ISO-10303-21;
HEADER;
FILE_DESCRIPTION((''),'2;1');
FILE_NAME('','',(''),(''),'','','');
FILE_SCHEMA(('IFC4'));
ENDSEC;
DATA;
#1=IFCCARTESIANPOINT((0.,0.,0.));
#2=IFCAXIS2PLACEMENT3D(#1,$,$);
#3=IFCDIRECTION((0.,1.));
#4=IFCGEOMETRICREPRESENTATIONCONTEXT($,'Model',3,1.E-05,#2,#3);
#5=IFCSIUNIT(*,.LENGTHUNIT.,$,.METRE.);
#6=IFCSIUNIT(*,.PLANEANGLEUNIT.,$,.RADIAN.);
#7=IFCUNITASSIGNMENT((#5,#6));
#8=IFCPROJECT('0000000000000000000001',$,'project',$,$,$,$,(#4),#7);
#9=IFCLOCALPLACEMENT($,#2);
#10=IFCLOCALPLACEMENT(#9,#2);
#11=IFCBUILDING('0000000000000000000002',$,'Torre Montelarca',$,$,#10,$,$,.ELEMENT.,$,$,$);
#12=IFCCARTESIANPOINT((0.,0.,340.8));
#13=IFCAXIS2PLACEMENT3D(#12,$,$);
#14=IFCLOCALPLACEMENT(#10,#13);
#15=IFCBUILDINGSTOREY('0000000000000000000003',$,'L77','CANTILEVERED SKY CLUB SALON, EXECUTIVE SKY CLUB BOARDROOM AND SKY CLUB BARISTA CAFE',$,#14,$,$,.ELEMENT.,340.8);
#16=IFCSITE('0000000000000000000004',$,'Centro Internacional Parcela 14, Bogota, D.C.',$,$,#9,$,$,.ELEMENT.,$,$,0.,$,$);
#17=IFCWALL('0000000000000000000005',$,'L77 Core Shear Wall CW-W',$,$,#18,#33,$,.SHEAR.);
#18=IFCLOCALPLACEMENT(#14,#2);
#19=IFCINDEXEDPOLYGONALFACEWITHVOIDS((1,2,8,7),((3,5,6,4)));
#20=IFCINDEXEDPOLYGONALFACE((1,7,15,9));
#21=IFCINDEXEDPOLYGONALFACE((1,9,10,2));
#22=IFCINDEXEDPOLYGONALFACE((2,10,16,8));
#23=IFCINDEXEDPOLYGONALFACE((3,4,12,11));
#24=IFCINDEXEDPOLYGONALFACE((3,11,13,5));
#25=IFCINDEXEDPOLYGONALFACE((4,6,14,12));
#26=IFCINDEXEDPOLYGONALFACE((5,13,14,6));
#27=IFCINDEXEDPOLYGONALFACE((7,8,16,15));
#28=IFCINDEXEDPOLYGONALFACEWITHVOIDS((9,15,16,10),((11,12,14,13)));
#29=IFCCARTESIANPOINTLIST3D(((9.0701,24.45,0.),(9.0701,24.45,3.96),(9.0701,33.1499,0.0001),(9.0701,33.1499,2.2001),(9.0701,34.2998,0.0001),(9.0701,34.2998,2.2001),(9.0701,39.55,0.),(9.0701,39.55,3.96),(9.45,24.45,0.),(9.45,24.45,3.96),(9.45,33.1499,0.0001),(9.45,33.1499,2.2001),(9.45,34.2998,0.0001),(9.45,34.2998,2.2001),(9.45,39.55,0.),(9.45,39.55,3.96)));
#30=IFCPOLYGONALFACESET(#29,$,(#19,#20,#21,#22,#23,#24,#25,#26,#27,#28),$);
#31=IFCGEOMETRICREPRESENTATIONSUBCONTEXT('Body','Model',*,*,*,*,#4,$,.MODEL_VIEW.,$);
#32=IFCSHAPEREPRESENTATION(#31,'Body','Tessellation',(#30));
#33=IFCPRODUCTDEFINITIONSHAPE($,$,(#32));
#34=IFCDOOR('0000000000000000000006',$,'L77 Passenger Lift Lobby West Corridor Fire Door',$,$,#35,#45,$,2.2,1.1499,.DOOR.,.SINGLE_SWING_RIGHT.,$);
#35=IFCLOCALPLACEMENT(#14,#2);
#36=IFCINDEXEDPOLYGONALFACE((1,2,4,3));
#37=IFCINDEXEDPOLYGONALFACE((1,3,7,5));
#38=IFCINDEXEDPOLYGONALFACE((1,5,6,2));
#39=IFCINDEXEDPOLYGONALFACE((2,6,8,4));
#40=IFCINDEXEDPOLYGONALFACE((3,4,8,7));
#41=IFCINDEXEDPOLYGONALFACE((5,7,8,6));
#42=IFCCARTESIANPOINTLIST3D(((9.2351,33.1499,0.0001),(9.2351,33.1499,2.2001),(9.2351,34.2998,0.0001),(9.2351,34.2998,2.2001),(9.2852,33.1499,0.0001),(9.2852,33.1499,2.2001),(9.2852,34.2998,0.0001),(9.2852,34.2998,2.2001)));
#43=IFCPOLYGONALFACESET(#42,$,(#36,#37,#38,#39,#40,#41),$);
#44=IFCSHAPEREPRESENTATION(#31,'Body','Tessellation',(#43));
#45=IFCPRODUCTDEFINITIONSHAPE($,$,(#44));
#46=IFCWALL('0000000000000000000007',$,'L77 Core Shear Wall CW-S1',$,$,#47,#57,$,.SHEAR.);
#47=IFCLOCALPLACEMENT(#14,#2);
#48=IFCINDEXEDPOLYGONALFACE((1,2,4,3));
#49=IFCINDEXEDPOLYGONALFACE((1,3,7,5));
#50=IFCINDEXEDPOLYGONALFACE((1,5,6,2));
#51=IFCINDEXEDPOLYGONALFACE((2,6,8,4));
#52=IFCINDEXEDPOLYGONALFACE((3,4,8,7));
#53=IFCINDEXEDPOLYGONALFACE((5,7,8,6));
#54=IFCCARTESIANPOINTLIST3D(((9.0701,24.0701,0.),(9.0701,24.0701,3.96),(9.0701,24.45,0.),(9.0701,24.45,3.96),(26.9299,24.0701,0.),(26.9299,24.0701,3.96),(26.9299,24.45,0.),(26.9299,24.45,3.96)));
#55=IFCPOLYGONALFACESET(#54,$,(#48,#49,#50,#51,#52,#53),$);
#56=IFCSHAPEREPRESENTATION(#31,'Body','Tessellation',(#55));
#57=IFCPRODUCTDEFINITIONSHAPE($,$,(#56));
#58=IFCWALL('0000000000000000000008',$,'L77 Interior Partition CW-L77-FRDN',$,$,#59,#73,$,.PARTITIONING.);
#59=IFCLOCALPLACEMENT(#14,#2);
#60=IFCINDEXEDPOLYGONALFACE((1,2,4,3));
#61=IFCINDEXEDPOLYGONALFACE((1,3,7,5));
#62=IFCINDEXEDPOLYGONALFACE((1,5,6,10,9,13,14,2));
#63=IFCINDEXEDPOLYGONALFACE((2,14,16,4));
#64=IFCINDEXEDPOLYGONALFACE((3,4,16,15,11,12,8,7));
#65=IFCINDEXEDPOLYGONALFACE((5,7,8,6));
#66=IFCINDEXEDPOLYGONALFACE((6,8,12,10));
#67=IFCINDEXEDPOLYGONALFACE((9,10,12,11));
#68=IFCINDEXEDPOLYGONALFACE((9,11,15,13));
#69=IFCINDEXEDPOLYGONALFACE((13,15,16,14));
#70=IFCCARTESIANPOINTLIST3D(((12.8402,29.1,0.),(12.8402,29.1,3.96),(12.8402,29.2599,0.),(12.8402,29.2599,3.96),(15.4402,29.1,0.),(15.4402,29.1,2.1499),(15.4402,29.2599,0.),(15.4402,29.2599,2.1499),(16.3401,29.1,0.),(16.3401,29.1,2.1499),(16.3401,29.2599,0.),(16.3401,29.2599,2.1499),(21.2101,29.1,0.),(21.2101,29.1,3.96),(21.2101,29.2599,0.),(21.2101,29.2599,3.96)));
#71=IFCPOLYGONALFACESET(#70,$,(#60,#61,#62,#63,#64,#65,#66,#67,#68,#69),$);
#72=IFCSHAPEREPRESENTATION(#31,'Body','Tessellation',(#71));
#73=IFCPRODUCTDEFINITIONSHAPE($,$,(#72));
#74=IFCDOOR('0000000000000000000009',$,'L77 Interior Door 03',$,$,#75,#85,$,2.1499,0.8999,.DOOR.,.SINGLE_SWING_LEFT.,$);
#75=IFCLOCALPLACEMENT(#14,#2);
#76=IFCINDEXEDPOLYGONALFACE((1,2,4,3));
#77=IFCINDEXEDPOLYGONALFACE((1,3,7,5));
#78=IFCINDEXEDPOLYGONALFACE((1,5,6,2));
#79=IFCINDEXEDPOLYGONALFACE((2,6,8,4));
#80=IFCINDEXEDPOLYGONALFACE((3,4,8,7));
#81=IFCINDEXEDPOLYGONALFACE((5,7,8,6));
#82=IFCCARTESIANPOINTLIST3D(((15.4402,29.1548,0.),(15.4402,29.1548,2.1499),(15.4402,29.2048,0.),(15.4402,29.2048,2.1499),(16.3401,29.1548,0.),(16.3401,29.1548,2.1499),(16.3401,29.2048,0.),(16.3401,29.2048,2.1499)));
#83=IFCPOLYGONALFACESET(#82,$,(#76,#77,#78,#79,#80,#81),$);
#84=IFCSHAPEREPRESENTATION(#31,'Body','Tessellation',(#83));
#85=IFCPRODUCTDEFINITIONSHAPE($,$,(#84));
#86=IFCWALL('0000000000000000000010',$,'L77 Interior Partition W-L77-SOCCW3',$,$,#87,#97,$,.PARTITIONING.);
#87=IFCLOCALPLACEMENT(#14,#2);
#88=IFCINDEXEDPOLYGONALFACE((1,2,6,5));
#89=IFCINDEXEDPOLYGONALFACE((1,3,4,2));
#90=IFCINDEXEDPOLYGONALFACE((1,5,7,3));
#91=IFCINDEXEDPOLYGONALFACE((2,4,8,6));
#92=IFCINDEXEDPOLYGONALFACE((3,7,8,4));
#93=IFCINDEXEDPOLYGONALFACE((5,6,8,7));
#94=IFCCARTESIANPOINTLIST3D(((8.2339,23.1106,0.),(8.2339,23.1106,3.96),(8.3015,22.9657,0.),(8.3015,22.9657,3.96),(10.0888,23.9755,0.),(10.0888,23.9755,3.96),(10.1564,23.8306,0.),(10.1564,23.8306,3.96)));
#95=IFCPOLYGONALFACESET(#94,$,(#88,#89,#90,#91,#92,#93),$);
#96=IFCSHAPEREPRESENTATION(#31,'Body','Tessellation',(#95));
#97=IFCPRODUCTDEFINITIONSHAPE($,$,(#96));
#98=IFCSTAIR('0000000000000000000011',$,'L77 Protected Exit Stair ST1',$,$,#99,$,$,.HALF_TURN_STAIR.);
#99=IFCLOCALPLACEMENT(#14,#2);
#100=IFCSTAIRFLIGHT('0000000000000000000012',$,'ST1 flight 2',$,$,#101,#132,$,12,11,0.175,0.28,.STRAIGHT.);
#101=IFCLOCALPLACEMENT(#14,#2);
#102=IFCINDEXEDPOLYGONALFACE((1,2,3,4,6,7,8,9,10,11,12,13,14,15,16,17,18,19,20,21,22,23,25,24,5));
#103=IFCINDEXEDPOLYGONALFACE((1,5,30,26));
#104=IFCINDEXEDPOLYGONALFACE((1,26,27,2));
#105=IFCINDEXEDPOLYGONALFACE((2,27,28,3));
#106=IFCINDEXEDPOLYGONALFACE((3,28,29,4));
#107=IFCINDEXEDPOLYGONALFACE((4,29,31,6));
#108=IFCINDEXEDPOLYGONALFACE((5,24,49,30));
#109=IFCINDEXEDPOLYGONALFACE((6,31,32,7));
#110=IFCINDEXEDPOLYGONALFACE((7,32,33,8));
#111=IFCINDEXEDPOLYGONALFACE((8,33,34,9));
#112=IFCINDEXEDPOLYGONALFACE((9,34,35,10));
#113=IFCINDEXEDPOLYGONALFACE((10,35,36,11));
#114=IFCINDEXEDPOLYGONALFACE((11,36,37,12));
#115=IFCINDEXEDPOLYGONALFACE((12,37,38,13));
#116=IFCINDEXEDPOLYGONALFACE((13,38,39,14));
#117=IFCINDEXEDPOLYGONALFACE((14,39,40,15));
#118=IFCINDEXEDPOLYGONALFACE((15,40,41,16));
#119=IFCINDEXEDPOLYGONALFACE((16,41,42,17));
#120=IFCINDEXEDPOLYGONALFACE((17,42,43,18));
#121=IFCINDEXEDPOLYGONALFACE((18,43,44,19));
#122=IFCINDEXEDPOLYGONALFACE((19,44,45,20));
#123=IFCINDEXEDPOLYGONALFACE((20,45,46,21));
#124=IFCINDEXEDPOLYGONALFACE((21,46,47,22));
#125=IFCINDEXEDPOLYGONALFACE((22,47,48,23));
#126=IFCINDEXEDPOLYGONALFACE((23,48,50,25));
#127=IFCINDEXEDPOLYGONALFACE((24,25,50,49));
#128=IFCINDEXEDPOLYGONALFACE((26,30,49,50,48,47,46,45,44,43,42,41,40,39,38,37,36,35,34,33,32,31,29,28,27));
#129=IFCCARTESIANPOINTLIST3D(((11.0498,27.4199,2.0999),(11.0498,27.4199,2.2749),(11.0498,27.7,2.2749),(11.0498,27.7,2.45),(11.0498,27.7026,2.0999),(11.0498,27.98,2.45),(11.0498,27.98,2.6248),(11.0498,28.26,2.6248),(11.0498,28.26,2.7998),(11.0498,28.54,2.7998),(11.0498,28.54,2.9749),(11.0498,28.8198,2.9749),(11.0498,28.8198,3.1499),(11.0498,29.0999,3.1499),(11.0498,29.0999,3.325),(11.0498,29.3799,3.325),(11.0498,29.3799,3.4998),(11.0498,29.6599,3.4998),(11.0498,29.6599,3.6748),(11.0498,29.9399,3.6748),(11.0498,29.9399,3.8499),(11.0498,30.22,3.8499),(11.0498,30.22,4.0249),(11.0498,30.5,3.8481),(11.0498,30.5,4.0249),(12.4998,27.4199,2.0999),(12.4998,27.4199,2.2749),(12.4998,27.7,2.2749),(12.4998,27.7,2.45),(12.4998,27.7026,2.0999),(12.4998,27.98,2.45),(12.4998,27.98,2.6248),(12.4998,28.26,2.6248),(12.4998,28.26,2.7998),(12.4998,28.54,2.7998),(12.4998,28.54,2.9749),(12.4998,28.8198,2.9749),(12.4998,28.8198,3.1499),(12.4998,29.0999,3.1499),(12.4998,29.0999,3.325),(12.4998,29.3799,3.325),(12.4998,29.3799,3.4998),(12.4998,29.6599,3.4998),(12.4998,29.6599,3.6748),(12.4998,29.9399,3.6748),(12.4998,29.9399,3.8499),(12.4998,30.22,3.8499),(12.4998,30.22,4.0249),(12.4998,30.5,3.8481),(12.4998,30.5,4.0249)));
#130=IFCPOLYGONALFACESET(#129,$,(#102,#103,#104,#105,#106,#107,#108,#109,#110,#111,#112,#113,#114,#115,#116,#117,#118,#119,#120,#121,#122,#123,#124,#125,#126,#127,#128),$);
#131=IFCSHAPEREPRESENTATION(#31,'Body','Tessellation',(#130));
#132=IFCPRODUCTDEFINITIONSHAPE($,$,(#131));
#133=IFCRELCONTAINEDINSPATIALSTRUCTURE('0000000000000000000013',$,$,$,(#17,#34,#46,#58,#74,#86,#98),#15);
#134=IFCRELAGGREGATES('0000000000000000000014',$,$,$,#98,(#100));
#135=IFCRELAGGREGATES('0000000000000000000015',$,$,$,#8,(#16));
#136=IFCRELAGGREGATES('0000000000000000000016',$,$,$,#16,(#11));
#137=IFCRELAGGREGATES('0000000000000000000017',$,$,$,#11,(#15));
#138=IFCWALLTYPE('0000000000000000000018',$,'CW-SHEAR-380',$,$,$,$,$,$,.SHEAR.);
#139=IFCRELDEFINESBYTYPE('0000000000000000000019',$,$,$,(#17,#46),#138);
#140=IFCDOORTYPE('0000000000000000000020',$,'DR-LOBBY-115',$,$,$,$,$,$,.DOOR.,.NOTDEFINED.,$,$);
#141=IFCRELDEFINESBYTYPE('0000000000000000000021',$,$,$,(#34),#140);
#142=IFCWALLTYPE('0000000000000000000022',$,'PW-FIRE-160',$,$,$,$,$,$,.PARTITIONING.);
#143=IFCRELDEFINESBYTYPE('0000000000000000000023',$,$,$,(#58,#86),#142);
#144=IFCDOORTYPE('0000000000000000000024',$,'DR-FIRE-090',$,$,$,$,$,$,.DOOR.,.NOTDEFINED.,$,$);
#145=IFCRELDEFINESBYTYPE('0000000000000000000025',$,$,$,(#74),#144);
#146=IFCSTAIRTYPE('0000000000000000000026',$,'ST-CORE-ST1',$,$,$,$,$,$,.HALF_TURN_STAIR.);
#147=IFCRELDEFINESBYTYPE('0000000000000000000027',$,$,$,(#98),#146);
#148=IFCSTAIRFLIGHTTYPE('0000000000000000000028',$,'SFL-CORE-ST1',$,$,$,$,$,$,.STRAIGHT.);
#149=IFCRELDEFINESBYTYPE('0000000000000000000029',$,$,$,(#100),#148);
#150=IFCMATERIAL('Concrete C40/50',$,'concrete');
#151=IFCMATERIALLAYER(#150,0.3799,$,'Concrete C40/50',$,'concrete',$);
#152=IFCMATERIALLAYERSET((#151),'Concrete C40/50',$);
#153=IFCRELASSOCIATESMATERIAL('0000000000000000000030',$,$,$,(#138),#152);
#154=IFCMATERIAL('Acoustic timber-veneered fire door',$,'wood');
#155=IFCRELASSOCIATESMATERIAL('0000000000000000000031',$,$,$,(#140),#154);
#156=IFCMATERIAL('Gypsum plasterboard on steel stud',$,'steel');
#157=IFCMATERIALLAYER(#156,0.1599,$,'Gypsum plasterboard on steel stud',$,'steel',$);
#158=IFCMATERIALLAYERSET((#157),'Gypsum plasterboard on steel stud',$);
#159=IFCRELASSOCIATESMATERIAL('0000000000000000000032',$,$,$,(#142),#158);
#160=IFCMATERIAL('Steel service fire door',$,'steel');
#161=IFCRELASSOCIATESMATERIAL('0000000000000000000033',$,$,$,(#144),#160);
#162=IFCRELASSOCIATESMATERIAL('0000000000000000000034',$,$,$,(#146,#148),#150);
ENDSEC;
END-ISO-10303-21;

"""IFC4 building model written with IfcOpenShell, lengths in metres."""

from ifc_helpers import new_model, si_unit, direction, frame, frame_2d, origin, place, context, subcontext, project, spatial, polyline, rectangle, outline, extrude, source, transform, mapped, material, layer, layer_set, type_object, element, fill, aggregate, save


model = new_model("IFC4")

# Units and contexts
model_context = context("Model", 3, precision=1e-05, world=origin(), true_north=direction((0.0, 1.0)))
body_context = subcontext(model_context, "Body", "Model", "MODEL_VIEW")
ifc_project = project(units=[si_unit("LENGTHUNIT", "METRE"), si_unit("PLANEANGLEUNIT", "RADIAN")], contexts=[model_context])

# Site, building, storey
site_placement = place(None, origin())
site = spatial("IfcSite", under=ifc_project, at=site_placement, Name="Centro Internacional Parcela 14, Bogota, D.C.", CompositionType="ELEMENT", RefElevation=0.0)
building_placement = place(site_placement, origin())
building = spatial("IfcBuilding", under=site, at=building_placement, Name="Torre Montelarca", CompositionType="ELEMENT")
storey_placement = place(building_placement, frame((0.0, 0.0, 340.8)))
storey = spatial("IfcBuildingStorey", under=building, at=storey_placement, Name="L77", Description="CANTILEVERED SKY CLUB SALON, EXECUTIVE SKY CLUB BOARDROOM AND SKY CLUB BARISTA CAFE", CompositionType="ELEMENT", Elevation=340.8)

# Shared definitions
ifc_material_1 = material(Name="Concrete C40/50", Category="concrete")

# Wall, opening, door
ifc_layer_1 = layer(ifc_material_1, 0.3799, Name="Concrete C40/50", Category="concrete")
ifc_layer_set_1 = layer_set([ifc_layer_1], Name="Concrete C40/50")
wall_type_1 = type_object("IfcWallType", Name="CW-SHEAR-380", PredefinedType="SHEAR", material=ifc_layer_set_1)
wall_1_placement = place(storey_placement, frame((9.26, 24.45, 0.0), z_axis=(0.0, 0.0, 1.0), x_axis=(0.0, 1.0, 0.0)))
wall_1 = element("IfcWall", 1, at=wall_1_placement, inside=storey, type_object=wall_type_1, Name="L77 Core Shear Wall CW-W", PredefinedType="SHEAR", context=body_context, shape_type="SweptSolid", body=[
    extrude(rectangle(XDim=15.1001, YDim=0.3799, at=frame_2d((7.55, 0.0))), origin(), (0.0, 0.0, 1.0), 3.96),
])
opening_1_placement = place(wall_1_placement, frame((8.7, 0.0, 0.0)))
opening_1 = element("IfcOpeningElement", 2, at=opening_1_placement, cuts=wall_1, PredefinedType="OPENING", context=body_context, shape_type="SweptSolid", body=[
    extrude(rectangle(XDim=1.1499, YDim=2.2, at=frame_2d((0.575, 1.1001))), frame((0.0, 0.2, 0.0), z_axis=(0.0, -1.0, 0.0), x_axis=(1.0, 0.0, 0.0)), (0.0, 0.0, 1.0), 0.3999),
])
ifc_material_2 = material(Name="Acoustic timber-veneered fire door", Category="wood")
door_type_1 = type_object("IfcDoorType", Name="DR-LOBBY-115", OperationType="NOTDEFINED", PredefinedType="DOOR", material=ifc_material_2)
shared_shape_1 = source(origin(), body_context, "Body", "SweptSolid", [
    extrude(rectangle(XDim=1.1499, YDim=2.2, at=frame_2d((0.575, 1.1001))), frame((0.0, 0.0249, 0.0), z_axis=(0.0, -1.0, 0.0), x_axis=(1.0, 0.0, 0.0)), (0.0, 0.0, 1.0), 0.05),
])
door_1_placement = place(opening_1_placement, origin())
door_1 = element("IfcDoor", 3, at=door_1_placement, inside=storey, type_object=door_type_1, Name="L77 Passenger Lift Lobby West Corridor Fire Door", OperationType="SINGLE_SWING_RIGHT", OverallHeight=2.2, OverallWidth=1.1499, PredefinedType="DOOR", context=body_context, shape_type="MappedRepresentation", body=[
    mapped(shared_shape_1, transform((0.0, 0.0, 0.0), scale=1.0)),
])
fill(opening_1, door_1)

# Wall
wall_2_placement = place(storey_placement, frame((9.0701, 24.26, 0.0), z_axis=(0.0, 0.0, 1.0), x_axis=(1.0, 0.0, 0.0)))
element("IfcWall", 4, at=wall_2_placement, inside=storey, type_object=wall_type_1, Name="L77 Core Shear Wall CW-S1", PredefinedType="SHEAR", context=body_context, shape_type="SweptSolid", body=[
    extrude(rectangle(XDim=17.8599, YDim=0.3799, at=frame_2d((8.9299, 0.0))), origin(), (0.0, 0.0, 1.0), 3.96),
])

# Wall, opening, door
ifc_material_3 = material(Name="Gypsum plasterboard on steel stud", Category="steel")
ifc_layer_2 = layer(ifc_material_3, 0.1599, Name="Gypsum plasterboard on steel stud", Category="steel")
ifc_layer_set_2 = layer_set([ifc_layer_2], Name="Gypsum plasterboard on steel stud")
wall_type_2 = type_object("IfcWallType", Name="PW-FIRE-160", PredefinedType="PARTITIONING", material=ifc_layer_set_2)
wall_3_placement = place(storey_placement, frame((12.8401, 29.1799, 0.0), z_axis=(0.0, 0.0, 1.0), x_axis=(1.0, 0.0, 0.0)))
wall_3 = element("IfcWall", 5, at=wall_3_placement, inside=storey, type_object=wall_type_2, Name="L77 Interior Partition CW-L77-FRDN", PredefinedType="PARTITIONING", context=body_context, shape_type="SweptSolid", body=[
    extrude(rectangle(XDim=8.3699, YDim=0.1599, at=frame_2d((4.1851, 0.0))), origin(), (0.0, 0.0, 1.0), 3.96),
])
opening_2_placement = place(wall_3_placement, frame((2.6001, 0.0, 0.0)))
opening_2 = element("IfcOpeningElement", 6, at=opening_2_placement, cuts=wall_3, PredefinedType="OPENING", context=body_context, shape_type="SweptSolid", body=[
    extrude(rectangle(XDim=0.8999, YDim=2.1499, at=frame_2d((0.45, 1.075))), frame((0.0, 0.0898, 0.0), z_axis=(0.0, -1.0, 0.0), x_axis=(1.0, 0.0, 0.0)), (0.0, 0.0, 1.0), 0.1799),
])
ifc_material_4 = material(Name="Steel service fire door", Category="steel")
door_type_2 = type_object("IfcDoorType", Name="DR-FIRE-090", OperationType="NOTDEFINED", PredefinedType="DOOR", material=ifc_material_4)
shared_shape_2 = source(origin(), body_context, "Body", "SweptSolid", [
    extrude(rectangle(XDim=0.8999, YDim=2.1499, at=frame_2d((0.45, 1.075))), frame((0.0, 0.0249, 0.0), z_axis=(0.0, -1.0, 0.0), x_axis=(1.0, 0.0, 0.0)), (0.0, 0.0, 1.0), 0.05),
])
door_2_placement = place(opening_2_placement, origin())
door_2 = element("IfcDoor", 7, at=door_2_placement, inside=storey, type_object=door_type_2, Name="L77 Interior Door 03", OperationType="SINGLE_SWING_LEFT", OverallHeight=2.1499, OverallWidth=0.8999, PredefinedType="DOOR", context=body_context, shape_type="MappedRepresentation", body=[
    mapped(shared_shape_2, transform((0.0, 0.0, 0.0), scale=1.0)),
])
fill(opening_2, door_2)

# Wall
wall_4_placement = place(storey_placement, frame((8.2676, 23.0381, 0.0), z_axis=(0.0, 0.0, 1.0), x_axis=(0.906308, 0.422618, 0.0)))
element("IfcWall", 8, at=wall_4_placement, inside=storey, type_object=wall_type_2, Name="L77 Interior Partition W-L77-SOCCW3", PredefinedType="PARTITIONING", context=body_context, shape_type="SweptSolid", body=[
    extrude(rectangle(XDim=2.0466, YDim=0.1599, at=frame_2d((1.0234, 0.0))), origin(), (0.0, 0.0, 1.0), 3.96),
])

# Stair, stair flight
stair_type = type_object("IfcStairType", Name="ST-CORE-ST1", PredefinedType="HALF_TURN_STAIR", material=ifc_material_1)
stair_placement = place(storey_placement, origin())
stair = element("IfcStair", 9, at=stair_placement, inside=storey, type_object=stair_type, Name="L77 Protected Exit Stair ST1", PredefinedType="HALF_TURN_STAIR")
stair_flight_type = type_object("IfcStairFlightType", Name="SFL-CORE-ST1", PredefinedType="STRAIGHT", material=ifc_material_1)
stair_flight_placement = place(storey_placement, frame((11.7749, 27.4199, 2.0999), z_axis=(0.0, 0.0, 1.0), x_axis=(0.0, 1.0, 0.0)))
stair_flight = element("IfcStairFlight", 10, at=stair_flight_placement, type_object=stair_flight_type, Name="ST1 flight 2", NumberOfRisers=12, NumberOfTreads=11, PredefinedType="STRAIGHT", RiserHeight=0.175, TreadLength=0.28, context=body_context, shape_type="SweptSolid", body=[
    extrude(outline(polyline([(0.0, 0.0), (0.0, 0.175), (0.28, 0.175), (0.28, 0.3501), (0.5601, 0.3501), (0.5601, 0.5249), (0.8401, 0.5249), (0.8401, 0.7), (1.1201, 0.7), (1.1201, 0.875), (1.3999, 0.875), (1.3999, 1.05), (1.6799, 1.05), (1.6799, 1.2251), (1.96, 1.2251), (1.96, 1.3999), (2.24, 1.3999), (2.24, 1.575), (2.52, 1.575), (2.52, 1.75), (2.8, 1.75), (2.8, 1.925), (3.0801, 1.925), (3.0801, 2.1001), (3.0801, 1.7483), (0.2827, 0.0), (0.0, 0.0)])), frame((0.0, 0.7251, 0.0), z_axis=(0.0, -1.0, 0.0), x_axis=(1.0, 0.0, 0.0)), (0.0, 0.0, 1.0), 1.45),
])
aggregate(stair, [stair_flight])

save(model, "model.ifc")
